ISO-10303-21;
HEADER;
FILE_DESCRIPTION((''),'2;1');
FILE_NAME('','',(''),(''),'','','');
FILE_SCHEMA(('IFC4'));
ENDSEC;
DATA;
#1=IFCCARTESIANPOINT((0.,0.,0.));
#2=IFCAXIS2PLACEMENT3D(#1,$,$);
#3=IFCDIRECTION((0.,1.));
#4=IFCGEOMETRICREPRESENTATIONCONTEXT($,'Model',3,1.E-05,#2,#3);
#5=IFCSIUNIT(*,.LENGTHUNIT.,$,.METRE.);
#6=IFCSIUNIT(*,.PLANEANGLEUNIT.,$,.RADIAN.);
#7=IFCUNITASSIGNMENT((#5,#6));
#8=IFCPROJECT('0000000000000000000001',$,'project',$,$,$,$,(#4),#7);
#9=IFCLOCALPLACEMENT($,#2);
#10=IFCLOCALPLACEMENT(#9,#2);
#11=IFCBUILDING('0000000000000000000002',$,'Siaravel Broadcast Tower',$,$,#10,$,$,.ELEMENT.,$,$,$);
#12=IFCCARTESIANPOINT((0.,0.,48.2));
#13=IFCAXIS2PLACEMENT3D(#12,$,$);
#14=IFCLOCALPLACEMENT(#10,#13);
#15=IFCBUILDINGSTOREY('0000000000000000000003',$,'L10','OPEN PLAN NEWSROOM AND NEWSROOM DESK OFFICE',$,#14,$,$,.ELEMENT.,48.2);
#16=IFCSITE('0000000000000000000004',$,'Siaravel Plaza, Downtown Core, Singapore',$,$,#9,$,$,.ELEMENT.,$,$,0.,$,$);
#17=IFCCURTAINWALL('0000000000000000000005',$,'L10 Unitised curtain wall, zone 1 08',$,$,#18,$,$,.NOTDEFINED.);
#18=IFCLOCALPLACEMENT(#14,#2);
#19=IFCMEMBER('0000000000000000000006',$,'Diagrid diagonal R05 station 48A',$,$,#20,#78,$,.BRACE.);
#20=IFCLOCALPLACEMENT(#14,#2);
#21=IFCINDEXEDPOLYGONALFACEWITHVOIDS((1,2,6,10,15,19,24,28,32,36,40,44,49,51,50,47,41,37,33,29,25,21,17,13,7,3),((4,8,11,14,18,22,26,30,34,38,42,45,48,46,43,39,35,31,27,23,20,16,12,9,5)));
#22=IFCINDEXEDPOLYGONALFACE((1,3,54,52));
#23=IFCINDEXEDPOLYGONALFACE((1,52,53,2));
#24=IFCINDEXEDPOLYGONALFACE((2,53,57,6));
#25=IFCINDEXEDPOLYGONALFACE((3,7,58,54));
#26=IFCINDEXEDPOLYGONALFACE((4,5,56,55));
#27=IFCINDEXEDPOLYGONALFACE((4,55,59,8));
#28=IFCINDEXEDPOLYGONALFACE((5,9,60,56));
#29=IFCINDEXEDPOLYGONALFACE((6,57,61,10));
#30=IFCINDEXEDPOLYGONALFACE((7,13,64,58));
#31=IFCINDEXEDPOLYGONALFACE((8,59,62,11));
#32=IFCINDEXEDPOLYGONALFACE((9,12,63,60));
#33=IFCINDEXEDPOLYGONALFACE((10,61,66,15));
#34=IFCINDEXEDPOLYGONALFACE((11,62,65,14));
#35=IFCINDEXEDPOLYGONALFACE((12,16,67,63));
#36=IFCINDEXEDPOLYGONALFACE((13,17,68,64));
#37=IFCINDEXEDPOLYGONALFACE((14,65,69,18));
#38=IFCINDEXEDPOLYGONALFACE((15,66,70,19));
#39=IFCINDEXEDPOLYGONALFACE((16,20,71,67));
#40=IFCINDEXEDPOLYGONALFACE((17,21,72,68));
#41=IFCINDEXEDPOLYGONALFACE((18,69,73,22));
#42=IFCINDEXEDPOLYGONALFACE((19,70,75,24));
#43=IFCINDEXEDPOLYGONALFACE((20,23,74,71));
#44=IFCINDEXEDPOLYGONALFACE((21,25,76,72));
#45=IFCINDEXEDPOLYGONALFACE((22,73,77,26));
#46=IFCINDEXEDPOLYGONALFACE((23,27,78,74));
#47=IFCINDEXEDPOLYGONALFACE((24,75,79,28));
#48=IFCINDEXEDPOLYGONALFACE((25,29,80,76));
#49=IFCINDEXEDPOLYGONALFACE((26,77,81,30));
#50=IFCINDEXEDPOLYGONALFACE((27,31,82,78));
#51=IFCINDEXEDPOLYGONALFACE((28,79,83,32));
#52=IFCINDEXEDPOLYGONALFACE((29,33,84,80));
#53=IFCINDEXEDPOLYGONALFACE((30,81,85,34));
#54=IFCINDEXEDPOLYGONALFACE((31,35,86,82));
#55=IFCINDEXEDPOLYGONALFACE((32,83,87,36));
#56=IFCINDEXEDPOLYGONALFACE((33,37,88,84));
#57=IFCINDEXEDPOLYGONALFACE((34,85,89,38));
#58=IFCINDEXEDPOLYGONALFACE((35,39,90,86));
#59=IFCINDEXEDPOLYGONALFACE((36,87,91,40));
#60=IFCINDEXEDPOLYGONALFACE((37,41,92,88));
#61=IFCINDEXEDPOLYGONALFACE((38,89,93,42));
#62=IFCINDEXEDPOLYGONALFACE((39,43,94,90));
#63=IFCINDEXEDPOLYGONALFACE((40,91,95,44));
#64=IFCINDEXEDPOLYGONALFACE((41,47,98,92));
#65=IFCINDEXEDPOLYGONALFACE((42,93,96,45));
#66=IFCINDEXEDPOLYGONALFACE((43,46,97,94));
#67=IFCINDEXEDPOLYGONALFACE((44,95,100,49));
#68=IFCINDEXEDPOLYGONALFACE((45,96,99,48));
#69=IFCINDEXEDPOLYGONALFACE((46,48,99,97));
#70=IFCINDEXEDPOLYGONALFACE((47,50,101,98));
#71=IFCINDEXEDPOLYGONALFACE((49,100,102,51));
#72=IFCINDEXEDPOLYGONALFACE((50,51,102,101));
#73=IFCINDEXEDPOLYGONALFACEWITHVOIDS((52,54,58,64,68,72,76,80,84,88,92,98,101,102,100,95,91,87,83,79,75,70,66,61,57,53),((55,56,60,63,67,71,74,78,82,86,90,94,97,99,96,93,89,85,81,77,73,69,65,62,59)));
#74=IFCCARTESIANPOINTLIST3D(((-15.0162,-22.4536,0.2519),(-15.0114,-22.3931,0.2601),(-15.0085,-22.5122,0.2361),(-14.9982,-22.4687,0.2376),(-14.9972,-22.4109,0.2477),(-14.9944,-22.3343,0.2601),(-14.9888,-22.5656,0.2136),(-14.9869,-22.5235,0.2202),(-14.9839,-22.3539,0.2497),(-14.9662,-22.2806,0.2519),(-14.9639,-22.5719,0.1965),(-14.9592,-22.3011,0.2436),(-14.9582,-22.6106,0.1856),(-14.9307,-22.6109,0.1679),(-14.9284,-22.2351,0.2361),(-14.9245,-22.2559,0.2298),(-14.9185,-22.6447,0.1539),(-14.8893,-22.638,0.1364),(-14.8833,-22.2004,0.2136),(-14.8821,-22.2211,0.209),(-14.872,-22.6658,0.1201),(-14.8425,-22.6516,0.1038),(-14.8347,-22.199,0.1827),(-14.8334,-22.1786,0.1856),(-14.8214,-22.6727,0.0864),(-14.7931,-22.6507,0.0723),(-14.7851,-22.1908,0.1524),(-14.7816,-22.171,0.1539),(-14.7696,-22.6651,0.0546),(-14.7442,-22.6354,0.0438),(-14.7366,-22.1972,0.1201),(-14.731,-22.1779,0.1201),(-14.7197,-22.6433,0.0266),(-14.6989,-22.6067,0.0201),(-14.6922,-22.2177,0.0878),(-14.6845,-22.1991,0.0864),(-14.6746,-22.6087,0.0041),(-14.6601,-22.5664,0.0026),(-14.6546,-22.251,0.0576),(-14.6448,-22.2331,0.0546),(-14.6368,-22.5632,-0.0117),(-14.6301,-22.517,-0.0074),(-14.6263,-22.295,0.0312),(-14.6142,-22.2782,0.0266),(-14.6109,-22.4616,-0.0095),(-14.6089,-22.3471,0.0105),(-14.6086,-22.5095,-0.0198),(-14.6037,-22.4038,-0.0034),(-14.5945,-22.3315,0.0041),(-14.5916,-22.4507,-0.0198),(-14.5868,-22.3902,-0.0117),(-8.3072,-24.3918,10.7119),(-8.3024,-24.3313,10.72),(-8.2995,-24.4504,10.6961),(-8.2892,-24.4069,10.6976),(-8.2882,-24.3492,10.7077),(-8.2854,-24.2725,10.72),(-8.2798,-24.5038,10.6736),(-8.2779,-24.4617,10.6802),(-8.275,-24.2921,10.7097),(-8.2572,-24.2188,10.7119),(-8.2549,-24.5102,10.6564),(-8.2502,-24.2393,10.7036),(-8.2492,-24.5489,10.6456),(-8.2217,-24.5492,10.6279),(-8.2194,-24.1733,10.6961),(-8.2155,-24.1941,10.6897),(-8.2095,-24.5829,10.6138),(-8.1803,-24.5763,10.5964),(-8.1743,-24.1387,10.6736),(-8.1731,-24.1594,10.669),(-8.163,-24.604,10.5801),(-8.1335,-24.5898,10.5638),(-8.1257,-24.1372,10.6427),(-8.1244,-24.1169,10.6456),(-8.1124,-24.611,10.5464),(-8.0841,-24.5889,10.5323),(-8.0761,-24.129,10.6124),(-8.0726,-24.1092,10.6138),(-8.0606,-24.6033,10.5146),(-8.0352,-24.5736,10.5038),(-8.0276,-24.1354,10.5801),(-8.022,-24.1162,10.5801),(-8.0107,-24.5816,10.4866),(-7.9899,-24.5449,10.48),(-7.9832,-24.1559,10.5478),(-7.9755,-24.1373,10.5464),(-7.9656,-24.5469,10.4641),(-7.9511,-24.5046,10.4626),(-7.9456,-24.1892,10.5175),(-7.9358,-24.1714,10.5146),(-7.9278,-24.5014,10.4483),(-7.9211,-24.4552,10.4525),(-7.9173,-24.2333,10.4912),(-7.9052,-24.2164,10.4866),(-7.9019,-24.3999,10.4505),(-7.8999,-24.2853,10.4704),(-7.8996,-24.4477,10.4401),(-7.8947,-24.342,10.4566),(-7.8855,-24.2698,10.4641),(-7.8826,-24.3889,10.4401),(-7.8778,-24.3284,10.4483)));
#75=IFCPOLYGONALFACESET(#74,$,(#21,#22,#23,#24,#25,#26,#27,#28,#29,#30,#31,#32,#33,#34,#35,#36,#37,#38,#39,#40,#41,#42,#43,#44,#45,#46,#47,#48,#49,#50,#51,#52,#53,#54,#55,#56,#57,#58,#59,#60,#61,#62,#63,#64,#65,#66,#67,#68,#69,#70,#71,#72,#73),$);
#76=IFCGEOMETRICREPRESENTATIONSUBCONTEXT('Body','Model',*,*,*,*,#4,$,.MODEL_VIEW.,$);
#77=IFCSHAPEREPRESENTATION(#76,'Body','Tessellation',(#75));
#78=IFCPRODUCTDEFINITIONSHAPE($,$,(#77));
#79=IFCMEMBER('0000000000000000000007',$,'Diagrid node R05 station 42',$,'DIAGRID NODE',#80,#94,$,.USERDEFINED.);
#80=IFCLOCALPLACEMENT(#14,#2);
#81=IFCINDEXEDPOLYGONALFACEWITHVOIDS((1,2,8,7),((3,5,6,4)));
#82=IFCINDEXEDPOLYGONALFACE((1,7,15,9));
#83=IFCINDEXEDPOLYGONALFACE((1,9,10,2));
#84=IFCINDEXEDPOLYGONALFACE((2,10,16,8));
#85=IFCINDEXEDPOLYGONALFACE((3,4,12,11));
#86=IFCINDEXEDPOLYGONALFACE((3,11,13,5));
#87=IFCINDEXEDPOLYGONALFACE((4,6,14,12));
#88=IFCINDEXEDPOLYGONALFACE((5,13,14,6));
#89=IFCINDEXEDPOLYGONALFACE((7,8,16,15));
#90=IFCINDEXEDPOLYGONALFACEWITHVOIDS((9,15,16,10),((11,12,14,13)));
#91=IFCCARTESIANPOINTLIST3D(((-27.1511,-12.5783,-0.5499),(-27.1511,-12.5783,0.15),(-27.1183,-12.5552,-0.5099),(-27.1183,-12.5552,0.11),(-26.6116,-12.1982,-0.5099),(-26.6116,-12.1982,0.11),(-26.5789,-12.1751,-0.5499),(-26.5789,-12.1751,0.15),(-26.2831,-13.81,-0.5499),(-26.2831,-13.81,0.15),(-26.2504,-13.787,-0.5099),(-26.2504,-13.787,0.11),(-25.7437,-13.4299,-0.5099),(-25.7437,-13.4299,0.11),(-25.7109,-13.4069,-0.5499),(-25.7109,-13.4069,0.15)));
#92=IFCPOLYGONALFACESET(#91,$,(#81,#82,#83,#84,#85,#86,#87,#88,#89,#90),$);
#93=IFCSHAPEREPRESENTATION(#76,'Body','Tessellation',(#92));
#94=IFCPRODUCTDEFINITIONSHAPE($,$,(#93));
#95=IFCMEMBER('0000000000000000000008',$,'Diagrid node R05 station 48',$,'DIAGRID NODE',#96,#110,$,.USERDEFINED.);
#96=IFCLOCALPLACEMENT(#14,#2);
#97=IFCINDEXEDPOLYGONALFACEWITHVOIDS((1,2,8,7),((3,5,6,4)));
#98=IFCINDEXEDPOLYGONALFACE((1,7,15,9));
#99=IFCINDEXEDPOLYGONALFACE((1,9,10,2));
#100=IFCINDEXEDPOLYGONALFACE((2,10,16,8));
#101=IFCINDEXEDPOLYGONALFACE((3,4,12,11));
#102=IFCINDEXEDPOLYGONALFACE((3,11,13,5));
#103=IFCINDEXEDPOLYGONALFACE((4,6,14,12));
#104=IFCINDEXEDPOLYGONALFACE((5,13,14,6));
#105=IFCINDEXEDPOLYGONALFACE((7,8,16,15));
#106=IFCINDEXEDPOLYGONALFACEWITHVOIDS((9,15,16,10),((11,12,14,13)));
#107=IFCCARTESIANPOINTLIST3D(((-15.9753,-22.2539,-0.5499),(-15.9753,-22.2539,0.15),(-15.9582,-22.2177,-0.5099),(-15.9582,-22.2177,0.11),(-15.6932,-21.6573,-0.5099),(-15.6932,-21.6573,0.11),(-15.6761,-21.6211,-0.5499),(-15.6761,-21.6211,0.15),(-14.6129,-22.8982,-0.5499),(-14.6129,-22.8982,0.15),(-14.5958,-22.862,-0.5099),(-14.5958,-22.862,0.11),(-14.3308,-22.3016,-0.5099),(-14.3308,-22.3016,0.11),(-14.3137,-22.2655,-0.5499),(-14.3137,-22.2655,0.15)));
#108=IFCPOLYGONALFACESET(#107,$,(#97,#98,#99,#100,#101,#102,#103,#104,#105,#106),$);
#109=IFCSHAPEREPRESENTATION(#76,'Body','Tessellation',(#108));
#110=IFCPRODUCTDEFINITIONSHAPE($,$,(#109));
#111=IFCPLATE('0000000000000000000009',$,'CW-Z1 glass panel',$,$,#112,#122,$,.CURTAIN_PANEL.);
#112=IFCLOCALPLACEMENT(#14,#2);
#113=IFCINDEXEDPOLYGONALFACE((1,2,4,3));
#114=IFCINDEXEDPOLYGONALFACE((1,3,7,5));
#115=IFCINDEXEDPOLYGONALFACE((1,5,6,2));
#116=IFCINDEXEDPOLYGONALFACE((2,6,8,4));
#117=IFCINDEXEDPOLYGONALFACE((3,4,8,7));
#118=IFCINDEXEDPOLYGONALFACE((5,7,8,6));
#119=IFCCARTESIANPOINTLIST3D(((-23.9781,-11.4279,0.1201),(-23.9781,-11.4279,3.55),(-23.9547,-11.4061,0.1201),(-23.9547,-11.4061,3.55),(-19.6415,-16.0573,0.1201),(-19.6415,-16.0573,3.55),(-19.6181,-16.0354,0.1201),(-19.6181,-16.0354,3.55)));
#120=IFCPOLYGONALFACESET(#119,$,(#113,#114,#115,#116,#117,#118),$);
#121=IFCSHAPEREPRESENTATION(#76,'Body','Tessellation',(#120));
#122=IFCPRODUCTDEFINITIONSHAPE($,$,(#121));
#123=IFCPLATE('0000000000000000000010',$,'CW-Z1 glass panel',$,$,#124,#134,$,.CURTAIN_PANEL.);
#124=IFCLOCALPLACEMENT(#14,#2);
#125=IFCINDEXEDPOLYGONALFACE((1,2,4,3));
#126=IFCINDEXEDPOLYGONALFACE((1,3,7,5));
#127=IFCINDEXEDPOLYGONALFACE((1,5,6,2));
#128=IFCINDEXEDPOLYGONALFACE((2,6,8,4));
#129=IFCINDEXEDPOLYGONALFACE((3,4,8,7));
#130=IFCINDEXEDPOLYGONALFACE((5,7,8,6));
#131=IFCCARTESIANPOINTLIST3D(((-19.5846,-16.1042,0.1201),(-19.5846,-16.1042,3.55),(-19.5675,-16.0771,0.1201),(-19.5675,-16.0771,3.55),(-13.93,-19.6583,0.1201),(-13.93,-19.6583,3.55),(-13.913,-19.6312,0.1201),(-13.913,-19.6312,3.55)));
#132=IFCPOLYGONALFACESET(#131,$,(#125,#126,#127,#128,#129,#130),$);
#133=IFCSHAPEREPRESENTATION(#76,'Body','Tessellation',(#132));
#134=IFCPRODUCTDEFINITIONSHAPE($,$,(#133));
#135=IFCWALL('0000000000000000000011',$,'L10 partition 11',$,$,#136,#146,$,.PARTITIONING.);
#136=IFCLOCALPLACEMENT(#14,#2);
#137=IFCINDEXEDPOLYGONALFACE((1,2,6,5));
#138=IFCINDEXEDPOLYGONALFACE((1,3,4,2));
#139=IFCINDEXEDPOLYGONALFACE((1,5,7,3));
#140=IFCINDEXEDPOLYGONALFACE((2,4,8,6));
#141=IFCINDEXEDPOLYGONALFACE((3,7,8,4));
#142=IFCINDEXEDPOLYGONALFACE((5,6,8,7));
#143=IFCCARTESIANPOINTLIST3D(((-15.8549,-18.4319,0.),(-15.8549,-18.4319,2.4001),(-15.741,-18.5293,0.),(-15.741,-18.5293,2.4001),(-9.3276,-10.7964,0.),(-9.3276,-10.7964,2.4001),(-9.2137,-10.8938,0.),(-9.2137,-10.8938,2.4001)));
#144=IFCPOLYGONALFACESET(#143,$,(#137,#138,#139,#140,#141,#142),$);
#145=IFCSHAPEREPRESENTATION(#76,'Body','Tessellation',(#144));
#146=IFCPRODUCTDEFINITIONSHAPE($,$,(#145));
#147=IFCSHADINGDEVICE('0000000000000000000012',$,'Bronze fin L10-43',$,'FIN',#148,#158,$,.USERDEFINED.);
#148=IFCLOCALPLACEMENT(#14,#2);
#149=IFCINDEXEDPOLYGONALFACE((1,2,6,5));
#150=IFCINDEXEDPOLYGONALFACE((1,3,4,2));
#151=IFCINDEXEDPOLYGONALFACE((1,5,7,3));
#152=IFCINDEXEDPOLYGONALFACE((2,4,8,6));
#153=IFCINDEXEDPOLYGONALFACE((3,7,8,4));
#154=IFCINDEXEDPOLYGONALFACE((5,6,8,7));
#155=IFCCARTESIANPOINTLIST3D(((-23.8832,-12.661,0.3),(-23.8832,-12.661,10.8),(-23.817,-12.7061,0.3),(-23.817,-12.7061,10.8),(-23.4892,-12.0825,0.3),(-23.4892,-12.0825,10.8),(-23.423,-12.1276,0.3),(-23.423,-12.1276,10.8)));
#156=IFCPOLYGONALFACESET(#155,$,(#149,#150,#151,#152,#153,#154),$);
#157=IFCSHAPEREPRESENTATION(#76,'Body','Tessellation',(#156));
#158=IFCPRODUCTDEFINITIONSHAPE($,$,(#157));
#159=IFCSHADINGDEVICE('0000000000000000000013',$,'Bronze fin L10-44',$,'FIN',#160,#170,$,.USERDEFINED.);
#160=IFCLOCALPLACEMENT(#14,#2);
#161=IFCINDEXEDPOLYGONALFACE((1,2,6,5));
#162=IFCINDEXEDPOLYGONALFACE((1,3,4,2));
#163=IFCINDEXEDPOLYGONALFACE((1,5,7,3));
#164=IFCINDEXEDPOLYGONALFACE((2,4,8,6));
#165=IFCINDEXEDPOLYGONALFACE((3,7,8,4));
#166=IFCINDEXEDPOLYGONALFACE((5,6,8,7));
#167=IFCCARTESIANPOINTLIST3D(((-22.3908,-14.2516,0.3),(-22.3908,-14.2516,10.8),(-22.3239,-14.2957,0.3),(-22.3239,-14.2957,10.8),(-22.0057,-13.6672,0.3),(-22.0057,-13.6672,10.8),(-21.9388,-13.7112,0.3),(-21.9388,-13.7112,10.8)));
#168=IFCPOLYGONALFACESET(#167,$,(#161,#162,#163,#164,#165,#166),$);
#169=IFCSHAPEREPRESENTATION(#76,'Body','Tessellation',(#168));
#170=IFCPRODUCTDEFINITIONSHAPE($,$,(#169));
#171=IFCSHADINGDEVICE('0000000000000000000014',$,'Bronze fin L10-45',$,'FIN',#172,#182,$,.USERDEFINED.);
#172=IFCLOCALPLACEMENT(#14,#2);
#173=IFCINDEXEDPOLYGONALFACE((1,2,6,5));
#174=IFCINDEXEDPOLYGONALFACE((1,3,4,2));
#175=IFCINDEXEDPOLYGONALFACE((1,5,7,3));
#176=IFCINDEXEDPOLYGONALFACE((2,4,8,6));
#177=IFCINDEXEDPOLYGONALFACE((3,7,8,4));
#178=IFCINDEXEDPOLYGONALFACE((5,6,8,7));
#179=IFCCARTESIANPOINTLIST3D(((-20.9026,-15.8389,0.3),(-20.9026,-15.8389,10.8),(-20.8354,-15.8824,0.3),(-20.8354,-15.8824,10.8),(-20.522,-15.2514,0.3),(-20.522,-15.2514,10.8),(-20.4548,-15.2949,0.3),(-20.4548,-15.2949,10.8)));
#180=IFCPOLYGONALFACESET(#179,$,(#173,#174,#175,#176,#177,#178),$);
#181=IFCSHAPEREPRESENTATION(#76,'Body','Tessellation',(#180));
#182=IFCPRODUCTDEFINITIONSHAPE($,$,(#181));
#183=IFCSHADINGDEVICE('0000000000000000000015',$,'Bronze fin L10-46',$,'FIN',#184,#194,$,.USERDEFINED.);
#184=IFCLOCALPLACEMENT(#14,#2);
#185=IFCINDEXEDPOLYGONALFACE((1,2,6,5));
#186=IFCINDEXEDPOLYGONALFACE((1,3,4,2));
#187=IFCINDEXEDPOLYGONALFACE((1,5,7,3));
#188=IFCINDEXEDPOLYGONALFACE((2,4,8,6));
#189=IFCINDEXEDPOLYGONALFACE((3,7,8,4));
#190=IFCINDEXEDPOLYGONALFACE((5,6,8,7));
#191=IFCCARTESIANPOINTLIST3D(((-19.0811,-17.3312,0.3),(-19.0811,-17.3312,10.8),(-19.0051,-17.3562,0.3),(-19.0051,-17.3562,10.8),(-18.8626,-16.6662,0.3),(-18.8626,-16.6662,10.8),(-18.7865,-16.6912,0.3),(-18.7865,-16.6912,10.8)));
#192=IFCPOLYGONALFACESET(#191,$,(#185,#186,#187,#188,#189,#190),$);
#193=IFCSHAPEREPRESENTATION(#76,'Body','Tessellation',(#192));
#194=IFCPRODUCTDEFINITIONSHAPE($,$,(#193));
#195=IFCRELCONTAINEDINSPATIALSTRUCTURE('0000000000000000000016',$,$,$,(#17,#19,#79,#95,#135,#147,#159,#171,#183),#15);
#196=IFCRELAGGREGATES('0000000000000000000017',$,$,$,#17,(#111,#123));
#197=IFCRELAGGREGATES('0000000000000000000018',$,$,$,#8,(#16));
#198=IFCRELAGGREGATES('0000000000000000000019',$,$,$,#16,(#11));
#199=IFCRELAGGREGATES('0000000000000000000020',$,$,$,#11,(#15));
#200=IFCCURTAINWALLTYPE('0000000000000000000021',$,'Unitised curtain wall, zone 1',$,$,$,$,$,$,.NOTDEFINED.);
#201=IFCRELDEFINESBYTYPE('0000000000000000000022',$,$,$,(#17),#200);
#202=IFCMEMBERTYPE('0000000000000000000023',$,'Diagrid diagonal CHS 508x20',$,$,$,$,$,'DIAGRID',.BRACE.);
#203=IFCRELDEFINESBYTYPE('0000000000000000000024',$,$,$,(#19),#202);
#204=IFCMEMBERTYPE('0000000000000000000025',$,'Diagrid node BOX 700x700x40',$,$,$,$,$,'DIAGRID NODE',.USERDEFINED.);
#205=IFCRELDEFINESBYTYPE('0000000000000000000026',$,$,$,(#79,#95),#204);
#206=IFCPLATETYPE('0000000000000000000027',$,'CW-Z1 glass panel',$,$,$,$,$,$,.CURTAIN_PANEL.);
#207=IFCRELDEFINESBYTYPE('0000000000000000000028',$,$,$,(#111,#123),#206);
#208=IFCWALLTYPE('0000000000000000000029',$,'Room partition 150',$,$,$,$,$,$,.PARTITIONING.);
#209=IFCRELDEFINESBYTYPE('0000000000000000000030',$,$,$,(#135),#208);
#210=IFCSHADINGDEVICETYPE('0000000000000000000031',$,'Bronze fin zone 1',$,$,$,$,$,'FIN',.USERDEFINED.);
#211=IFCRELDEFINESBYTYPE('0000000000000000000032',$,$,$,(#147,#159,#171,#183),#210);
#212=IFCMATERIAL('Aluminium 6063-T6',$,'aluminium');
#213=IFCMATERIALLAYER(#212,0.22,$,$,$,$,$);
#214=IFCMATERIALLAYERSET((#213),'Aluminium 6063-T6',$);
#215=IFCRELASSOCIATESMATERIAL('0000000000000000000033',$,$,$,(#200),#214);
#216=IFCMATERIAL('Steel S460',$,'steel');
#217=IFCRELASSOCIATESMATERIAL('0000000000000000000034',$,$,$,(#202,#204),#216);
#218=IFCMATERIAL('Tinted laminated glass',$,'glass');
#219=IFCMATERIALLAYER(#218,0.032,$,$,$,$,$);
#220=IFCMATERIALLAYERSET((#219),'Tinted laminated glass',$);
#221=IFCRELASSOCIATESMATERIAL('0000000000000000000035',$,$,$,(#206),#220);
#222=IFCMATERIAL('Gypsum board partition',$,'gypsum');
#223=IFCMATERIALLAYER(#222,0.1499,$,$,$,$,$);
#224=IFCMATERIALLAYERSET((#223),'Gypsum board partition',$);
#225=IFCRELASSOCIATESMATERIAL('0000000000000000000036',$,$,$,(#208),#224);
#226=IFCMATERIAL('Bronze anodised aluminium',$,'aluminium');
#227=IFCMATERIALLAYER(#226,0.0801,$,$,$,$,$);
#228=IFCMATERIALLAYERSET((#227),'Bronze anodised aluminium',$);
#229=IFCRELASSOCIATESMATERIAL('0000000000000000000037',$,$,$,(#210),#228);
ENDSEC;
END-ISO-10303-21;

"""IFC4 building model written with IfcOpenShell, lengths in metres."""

from ifc_helpers import new_model, si_unit, direction, frame, frame_2d, origin, origin_2d, place, context, subcontext, project, spatial, rectangle, hollow_rectangle, hollow_circle, extrude, material, layer, layer_set, material_profile, profile_set, type_object, element, aggregate, save


model = new_model("IFC4")

# Units and contexts
model_context = context("Model", 3, precision=1e-05, world=origin(), true_north=direction((0.0, 1.0)))
body_context = subcontext(model_context, "Body", "Model", "MODEL_VIEW")
ifc_project = project(units=[si_unit("LENGTHUNIT", "METRE"), si_unit("PLANEANGLEUNIT", "RADIAN")], contexts=[model_context])

# Site, building, storey
site_placement = place(None, origin())
site = spatial("IfcSite", under=ifc_project, at=site_placement, Name="Siaravel Plaza, Downtown Core, Singapore", CompositionType="ELEMENT", RefElevation=0.0)
building_placement = place(site_placement, origin())
building = spatial("IfcBuilding", under=site, at=building_placement, Name="Siaravel Broadcast Tower", CompositionType="ELEMENT")
storey_placement = place(building_placement, frame((0.0, 0.0, 48.2)))
storey = spatial("IfcBuildingStorey", under=building, at=storey_placement, Name="L10", Description="OPEN PLAN NEWSROOM AND NEWSROOM DESK OFFICE", CompositionType="ELEMENT", Elevation=48.2)

# Curtain wall
ifc_material_1 = material(Name="Aluminium 6063-T6", Category="aluminium")
ifc_layer_1 = layer(ifc_material_1, 0.22)
ifc_layer_set_1 = layer_set([ifc_layer_1], Name="Aluminium 6063-T6")
curtain_wall_type = type_object("IfcCurtainWallType", Name="Unitised curtain wall, zone 1", PredefinedType="NOTDEFINED", material=ifc_layer_set_1)
curtain_wall_placement = place(storey_placement, origin())
curtain_wall = element("IfcCurtainWall", 1, at=curtain_wall_placement, inside=storey, type_object=curtain_wall_type, Name="L10 Unitised curtain wall, zone 1 08", PredefinedType="NOTDEFINED")

# Members
ifc_material_2 = material(Name="Steel S460", Category="steel")
ifc_material_profile_1 = material_profile(ifc_material_2, hollow_circle(Radius=0.2539, WallThickness=0.02, at=origin_2d()))
ifc_profile_set_1 = profile_set([ifc_material_profile_1], Name="Steel S460")
member_type_1 = type_object("IfcMemberType", Name="Diagrid diagonal CHS 508x20", ElementType="DIAGRID", PredefinedType="BRACE", material=ifc_profile_set_1)
member_1_placement = place(storey_placement, frame((-14.8015, -22.4219, 0.1201), z_axis=(0.533438, -0.154111, 0.831681), x_axis=(0.27755, 0.960711, 0.0)))
element("IfcMember", 2, at=member_1_placement, inside=storey, type_object=member_type_1, Name="Diagrid diagonal R05 station 48A", PredefinedType="BRACE", context=body_context, shape_type="SweptSolid", body=[
    extrude(hollow_circle(Radius=0.2539, WallThickness=0.02, at=origin_2d()), origin(), (0.0, 0.0, 1.0), 12.5769),
])
ifc_material_profile_2 = material_profile(ifc_material_2, hollow_rectangle(XDim=0.7, YDim=0.7, WallThickness=0.04, at=origin_2d()))
ifc_profile_set_2 = profile_set([ifc_material_profile_2], Name="Steel S460")
member_type_2 = type_object("IfcMemberType", Name="Diagrid node BOX 700x700x40", ElementType="DIAGRID NODE", PredefinedType="USERDEFINED", material=ifc_profile_set_2)
member_2_placement = place(storey_placement, frame((-26.865, -12.3767, -0.2), z_axis=(0.576015, -0.817439, 0.0), x_axis=(0.817439, 0.576015, 0.0)))
element("IfcMember", 3, at=member_2_placement, inside=storey, type_object=member_type_2, Name="Diagrid node R05 station 42", ObjectType="DIAGRID NODE", PredefinedType="USERDEFINED", context=body_context, shape_type="SweptSolid", body=[
    extrude(hollow_rectangle(XDim=0.7, YDim=0.7, WallThickness=0.04, at=origin_2d()), origin(), (0.0, 0.0, 1.0), 1.5068),
])
member_3_placement = place(storey_placement, frame((-15.8257, -21.9375, -0.2), z_axis=(0.903998, -0.427536, 0.0), x_axis=(0.427536, 0.903998, 0.0)))
element("IfcMember", 4, at=member_3_placement, inside=storey, type_object=member_type_2, Name="Diagrid node R05 station 48", ObjectType="DIAGRID NODE", PredefinedType="USERDEFINED", context=body_context, shape_type="SweptSolid", body=[
    extrude(hollow_rectangle(XDim=0.7, YDim=0.7, WallThickness=0.04, at=origin_2d()), origin(), (0.0, 0.0, 1.0), 1.5071),
])

# Plates
ifc_material_3 = material(Name="Tinted laminated glass", Category="glass")
ifc_layer_2 = layer(ifc_material_3, 0.032)
ifc_layer_set_2 = layer_set([ifc_layer_2], Name="Tinted laminated glass")
plate_type = type_object("IfcPlateType", Name="CW-Z1 glass panel", PredefinedType="CURTAIN_PANEL", material=ifc_layer_set_2)
plate_1_placement = place(storey_placement, frame((-21.7981, -13.7317, 0.1201), z_axis=(0.0, 0.0, 1.0), x_axis=(0.683655, -0.729805, 0.0)))
plate_1 = element("IfcPlate", 5, at=plate_1_placement, type_object=plate_type, Name="CW-Z1 glass panel", PredefinedType="CURTAIN_PANEL", context=body_context, shape_type="SweptSolid", body=[
    extrude(rectangle(XDim=6.3433, YDim=0.032, at=origin_2d()), origin(), (0.0, 0.0, 1.0), 3.4299),
])
plate_2_placement = place(storey_placement, frame((-16.7488, -17.8677, 0.1201), z_axis=(0.0, 0.0, 1.0), x_axis=(0.846651, -0.532149, 0.0)))
plate_2 = element("IfcPlate", 6, at=plate_2_placement, type_object=plate_type, Name="CW-Z1 glass panel", PredefinedType="CURTAIN_PANEL", context=body_context, shape_type="SweptSolid", body=[
    extrude(rectangle(XDim=6.6787, YDim=0.032, at=origin_2d()), origin(), (0.0, 0.0, 1.0), 3.4299),
])
aggregate(curtain_wall, [plate_1, plate_2])

# Wall
ifc_material_4 = material(Name="Gypsum board partition", Category="gypsum")
ifc_layer_3 = layer(ifc_material_4, 0.1499)
ifc_layer_set_3 = layer_set([ifc_layer_3], Name="Gypsum board partition")
wall_type = type_object("IfcWallType", Name="Room partition 150", PredefinedType="PARTITIONING", material=ifc_layer_set_3)
wall_placement = place(storey_placement, frame((-15.7979, -18.4805, 0.0), z_axis=(0.0, 0.0, 1.0), x_axis=(0.649794, 0.76011, 0.0)))
element("IfcWall", 7, at=wall_placement, inside=storey, type_object=wall_type, Name="L10 partition 11", PredefinedType="PARTITIONING", context=body_context, shape_type="SweptSolid", body=[
    extrude(rectangle(XDim=10.0452, YDim=0.1499, at=frame_2d((5.0225, 0.0))), origin(), (0.0, 0.0, 1.0), 2.4001),
])

# Shading devices
ifc_material_5 = material(Name="Bronze anodised aluminium", Category="aluminium")
ifc_layer_4 = layer(ifc_material_5, 0.0801)
ifc_layer_set_4 = layer_set([ifc_layer_4], Name="Bronze anodised aluminium")
shading_device_type = type_object("IfcShadingDeviceType", Name="Bronze fin zone 1", ElementType="FIN", PredefinedType="USERDEFINED", material=ifc_layer_set_4)
for number, where, z_axis, x_axis, name in (
    (8, (-23.6531, -12.3943, 0.3), (0.0, 0.0, 1.0), (-0.562883, -0.826537, 0.0), "Bronze fin L10-43"),
    (9, (-22.1648, -13.9814, 0.3), (0.0, 0.0, 1.0), (-0.550252, -0.834999, 0.0), "Bronze fin L10-44"),
    (10, (-20.6787, -15.5669, 0.3), (0.0, 0.0, 1.0), (-0.543659, -0.839306, 0.0), "Bronze fin L10-45"),
    (11, (-18.9338, -17.0112, 0.3), (0.0, 0.0, 1.0), (-0.312192, -0.950019, 0.0), "Bronze fin L10-46"),
):
    element("IfcShadingDevice", number, at=place(storey_placement, frame(where, z_axis=z_axis, x_axis=x_axis)), inside=storey, type_object=shading_device_type, Name=name, ObjectType="FIN", PredefinedType="USERDEFINED", context=body_context, shape_type="SweptSolid", body=[
        extrude(rectangle(XDim=0.7, YDim=0.0801, at=origin_2d()), origin(), (0.0, 0.0, 1.0), 10.5),
    ])

save(model, "model.ifc")
